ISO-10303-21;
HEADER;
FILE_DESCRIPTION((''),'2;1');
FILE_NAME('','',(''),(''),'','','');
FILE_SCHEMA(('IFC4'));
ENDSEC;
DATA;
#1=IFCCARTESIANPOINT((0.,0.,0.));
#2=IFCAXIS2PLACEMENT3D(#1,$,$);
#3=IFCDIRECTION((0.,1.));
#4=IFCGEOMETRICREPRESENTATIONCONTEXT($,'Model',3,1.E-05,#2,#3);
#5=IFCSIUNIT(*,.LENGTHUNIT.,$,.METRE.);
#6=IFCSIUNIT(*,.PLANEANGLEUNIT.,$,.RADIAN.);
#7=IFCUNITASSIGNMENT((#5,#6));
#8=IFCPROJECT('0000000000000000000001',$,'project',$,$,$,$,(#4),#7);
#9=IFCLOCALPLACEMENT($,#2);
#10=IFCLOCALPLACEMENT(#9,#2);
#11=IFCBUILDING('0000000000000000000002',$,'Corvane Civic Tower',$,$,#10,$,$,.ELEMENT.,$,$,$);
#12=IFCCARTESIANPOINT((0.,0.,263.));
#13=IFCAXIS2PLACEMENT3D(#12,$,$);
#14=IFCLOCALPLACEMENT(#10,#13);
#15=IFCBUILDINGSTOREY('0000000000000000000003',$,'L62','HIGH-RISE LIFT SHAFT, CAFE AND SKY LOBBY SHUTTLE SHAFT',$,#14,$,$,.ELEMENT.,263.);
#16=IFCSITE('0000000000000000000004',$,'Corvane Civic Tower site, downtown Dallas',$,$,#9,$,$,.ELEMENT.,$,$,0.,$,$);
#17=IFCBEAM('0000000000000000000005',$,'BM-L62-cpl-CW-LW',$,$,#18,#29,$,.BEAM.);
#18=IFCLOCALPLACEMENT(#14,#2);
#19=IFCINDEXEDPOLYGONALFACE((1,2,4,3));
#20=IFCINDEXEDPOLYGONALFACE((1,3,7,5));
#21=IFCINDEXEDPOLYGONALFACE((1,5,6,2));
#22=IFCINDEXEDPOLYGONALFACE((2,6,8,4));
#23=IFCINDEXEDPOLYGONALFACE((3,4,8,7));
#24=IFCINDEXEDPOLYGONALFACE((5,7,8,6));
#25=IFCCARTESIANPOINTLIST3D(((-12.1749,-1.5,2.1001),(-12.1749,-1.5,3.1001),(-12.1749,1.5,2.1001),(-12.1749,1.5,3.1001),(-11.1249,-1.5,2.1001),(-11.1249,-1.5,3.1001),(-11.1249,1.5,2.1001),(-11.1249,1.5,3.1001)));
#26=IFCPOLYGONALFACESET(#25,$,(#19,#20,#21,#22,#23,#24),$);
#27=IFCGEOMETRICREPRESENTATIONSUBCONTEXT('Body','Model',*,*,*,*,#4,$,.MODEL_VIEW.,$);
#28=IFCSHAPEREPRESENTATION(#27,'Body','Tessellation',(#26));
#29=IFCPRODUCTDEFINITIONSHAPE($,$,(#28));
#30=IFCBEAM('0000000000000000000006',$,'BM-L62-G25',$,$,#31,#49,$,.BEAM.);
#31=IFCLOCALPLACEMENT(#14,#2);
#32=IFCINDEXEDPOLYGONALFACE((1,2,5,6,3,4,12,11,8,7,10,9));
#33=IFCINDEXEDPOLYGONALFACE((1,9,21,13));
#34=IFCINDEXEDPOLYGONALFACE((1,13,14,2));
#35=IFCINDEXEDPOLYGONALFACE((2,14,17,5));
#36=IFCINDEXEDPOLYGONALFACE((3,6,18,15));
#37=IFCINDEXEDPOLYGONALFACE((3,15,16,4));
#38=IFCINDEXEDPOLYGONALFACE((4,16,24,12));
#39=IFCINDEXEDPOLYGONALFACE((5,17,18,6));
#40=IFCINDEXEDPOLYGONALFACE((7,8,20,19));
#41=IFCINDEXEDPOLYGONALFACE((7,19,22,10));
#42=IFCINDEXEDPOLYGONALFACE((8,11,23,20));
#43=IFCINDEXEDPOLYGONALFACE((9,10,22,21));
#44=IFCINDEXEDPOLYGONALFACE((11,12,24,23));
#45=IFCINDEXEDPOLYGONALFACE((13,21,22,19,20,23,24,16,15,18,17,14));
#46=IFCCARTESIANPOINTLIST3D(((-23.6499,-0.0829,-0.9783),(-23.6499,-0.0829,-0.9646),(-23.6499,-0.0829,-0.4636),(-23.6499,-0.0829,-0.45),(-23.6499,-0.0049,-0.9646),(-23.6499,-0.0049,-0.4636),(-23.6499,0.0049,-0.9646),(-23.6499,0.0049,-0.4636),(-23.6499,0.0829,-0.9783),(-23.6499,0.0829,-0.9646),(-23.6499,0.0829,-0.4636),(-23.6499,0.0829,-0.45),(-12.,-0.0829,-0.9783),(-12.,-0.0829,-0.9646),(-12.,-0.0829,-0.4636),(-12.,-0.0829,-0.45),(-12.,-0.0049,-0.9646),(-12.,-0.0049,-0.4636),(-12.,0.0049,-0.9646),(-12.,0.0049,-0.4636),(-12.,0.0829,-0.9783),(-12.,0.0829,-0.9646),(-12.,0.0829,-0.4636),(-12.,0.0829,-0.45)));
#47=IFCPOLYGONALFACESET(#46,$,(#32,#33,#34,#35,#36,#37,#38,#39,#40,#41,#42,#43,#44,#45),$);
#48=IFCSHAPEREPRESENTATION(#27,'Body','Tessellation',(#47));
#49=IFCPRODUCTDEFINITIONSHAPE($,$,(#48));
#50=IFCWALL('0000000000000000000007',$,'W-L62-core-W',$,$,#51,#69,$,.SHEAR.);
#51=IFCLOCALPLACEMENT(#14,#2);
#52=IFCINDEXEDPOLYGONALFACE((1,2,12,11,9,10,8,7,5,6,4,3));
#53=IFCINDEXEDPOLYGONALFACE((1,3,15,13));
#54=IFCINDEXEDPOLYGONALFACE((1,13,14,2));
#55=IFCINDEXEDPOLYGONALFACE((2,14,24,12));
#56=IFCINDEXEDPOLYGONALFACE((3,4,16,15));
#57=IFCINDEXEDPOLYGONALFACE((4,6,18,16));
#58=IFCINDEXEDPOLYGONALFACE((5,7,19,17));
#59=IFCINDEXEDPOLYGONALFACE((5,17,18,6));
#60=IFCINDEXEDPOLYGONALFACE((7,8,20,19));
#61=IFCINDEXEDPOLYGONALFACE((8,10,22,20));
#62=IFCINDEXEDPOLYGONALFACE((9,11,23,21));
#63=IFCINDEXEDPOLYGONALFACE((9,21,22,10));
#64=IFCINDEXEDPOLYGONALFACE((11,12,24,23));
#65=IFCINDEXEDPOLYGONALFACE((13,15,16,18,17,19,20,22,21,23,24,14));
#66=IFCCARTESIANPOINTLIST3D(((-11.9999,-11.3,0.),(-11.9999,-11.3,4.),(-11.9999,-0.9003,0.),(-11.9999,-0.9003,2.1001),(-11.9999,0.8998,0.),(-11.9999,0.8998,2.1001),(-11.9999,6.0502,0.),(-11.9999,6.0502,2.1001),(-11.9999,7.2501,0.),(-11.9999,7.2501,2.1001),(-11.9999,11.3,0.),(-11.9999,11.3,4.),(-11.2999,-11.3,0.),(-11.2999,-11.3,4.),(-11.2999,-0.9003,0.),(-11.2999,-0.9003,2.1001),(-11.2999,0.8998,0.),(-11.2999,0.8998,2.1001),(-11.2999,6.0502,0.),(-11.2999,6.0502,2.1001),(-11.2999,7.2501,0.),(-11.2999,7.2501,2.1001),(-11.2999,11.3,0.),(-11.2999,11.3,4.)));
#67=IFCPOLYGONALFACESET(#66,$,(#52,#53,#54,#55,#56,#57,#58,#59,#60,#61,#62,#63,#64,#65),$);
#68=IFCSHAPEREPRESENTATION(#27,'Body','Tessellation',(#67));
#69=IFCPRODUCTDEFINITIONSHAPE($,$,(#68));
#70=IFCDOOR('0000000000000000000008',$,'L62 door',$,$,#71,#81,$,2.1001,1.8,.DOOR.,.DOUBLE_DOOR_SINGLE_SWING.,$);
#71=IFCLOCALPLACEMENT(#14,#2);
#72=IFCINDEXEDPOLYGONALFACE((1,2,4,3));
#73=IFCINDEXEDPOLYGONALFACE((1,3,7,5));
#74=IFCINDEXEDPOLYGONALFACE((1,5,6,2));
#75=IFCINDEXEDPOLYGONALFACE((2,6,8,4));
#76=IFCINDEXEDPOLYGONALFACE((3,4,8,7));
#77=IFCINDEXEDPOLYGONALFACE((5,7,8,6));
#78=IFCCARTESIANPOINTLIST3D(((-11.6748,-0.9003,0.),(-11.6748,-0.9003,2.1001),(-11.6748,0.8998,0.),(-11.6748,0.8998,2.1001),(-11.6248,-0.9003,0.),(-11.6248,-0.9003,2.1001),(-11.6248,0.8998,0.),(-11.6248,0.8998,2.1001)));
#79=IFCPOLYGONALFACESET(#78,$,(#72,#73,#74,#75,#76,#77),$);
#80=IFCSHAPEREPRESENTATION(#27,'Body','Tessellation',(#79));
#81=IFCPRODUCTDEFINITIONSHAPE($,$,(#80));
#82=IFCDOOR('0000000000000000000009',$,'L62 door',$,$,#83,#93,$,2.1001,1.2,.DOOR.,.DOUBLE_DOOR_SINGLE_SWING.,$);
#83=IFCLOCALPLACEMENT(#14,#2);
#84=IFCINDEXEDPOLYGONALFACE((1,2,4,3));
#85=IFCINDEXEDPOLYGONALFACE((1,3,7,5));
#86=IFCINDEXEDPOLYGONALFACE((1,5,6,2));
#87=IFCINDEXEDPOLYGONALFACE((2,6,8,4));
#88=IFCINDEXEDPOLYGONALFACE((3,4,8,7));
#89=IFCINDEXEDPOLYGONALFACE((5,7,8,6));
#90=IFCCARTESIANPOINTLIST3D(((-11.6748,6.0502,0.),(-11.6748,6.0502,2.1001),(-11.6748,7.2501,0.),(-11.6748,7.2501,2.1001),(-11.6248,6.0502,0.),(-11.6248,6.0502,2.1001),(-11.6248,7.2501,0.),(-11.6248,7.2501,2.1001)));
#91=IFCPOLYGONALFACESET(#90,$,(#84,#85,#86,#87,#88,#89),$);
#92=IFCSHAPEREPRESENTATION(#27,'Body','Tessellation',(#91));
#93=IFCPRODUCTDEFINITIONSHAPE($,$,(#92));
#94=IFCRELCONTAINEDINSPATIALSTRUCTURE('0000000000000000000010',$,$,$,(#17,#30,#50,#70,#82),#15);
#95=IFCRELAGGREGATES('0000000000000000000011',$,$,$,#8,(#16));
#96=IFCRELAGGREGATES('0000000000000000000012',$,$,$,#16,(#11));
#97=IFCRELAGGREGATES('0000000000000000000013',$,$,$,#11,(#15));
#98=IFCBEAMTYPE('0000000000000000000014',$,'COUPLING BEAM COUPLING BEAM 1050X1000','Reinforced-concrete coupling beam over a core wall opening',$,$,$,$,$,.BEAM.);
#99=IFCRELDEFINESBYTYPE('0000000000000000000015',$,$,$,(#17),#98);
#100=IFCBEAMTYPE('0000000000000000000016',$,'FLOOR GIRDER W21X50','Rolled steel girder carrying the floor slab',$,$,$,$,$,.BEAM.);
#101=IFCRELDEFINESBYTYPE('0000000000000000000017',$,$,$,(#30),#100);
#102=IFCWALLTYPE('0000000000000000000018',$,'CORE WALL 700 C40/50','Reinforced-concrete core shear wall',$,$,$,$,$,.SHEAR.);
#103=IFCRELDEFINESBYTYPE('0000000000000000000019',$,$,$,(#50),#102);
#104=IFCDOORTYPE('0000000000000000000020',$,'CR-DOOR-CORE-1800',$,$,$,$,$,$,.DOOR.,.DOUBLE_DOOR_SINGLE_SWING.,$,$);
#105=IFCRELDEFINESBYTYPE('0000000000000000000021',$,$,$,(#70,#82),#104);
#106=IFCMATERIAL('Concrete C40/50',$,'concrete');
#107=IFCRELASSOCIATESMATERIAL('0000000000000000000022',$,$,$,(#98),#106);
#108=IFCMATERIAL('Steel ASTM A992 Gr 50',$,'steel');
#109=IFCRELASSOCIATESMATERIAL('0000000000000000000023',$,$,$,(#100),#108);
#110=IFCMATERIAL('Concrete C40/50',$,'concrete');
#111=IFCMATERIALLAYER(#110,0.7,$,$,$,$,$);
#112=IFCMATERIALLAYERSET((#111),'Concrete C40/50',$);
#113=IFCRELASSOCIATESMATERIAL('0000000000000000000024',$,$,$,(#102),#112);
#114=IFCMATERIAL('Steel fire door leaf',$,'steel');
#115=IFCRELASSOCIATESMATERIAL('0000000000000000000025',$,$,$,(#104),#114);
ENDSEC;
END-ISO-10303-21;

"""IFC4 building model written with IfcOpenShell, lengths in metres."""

from ifc_helpers import new_model, si_unit, direction, frame, frame_2d, origin, origin_2d, place, context, subcontext, project, spatial, rectangle, i_section, extrude, material, layer, layer_set, material_profile, profile_set, type_object, element, fill, save


model = new_model("IFC4")

# Units and contexts
model_context = context("Model", 3, precision=1e-05, world=origin(), true_north=direction((0.0, 1.0)))
body_context = subcontext(model_context, "Body", "Model", "MODEL_VIEW")
ifc_project = project(units=[si_unit("LENGTHUNIT", "METRE"), si_unit("PLANEANGLEUNIT", "RADIAN")], contexts=[model_context])

# Site, building, storey
site_placement = place(None, origin())
site = spatial("IfcSite", under=ifc_project, at=site_placement, Name="Corvane Civic Tower site, downtown Dallas", CompositionType="ELEMENT", RefElevation=0.0)
building_placement = place(site_placement, origin())
building = spatial("IfcBuilding", under=site, at=building_placement, Name="Corvane Civic Tower", CompositionType="ELEMENT")
storey_placement = place(building_placement, frame((0.0, 0.0, 263.0)))
storey = spatial("IfcBuildingStorey", under=building, at=storey_placement, Name="L62", Description="HIGH-RISE LIFT SHAFT, CAFE AND SKY LOBBY SHUTTLE SHAFT", CompositionType="ELEMENT", Elevation=263.0)

# Beams
ifc_material_1 = material(Name="Concrete C40/50", Category="concrete")
ifc_material_profile_1 = material_profile(ifc_material_1, rectangle(XDim=1.05, YDim=1.0, at=origin_2d()), Name="COUPLING BEAM 1050X1000")
ifc_profile_set_1 = profile_set([ifc_material_profile_1], Name="Concrete C40/50")
beam_type_1 = type_object("IfcBeamType", Name="COUPLING BEAM COUPLING BEAM 1050X1000", Description="Reinforced-concrete coupling beam over a core wall opening", PredefinedType="BEAM", material=ifc_profile_set_1)
beam_1_placement = place(storey_placement, frame((-11.6499, -1.5, 2.6001), z_axis=(0.0, 1.0, 0.0), x_axis=(-1.0, 0.0, 0.0)))
element("IfcBeam", 1, at=beam_1_placement, inside=storey, type_object=beam_type_1, Name="BM-L62-cpl-CW-LW", PredefinedType="BEAM", context=body_context, shape_type="SweptSolid", body=[
    extrude(rectangle(XDim=1.05, YDim=1.0, at=origin_2d()), origin(), (0.0, 0.0, 1.0), 3.0),
])
ifc_material_2 = material(Name="Steel ASTM A992 Gr 50", Category="steel")
ifc_material_profile_2 = material_profile(ifc_material_2, i_section(OverallWidth=0.1658, OverallDepth=0.5283, WebThickness=0.0098, FlangeThickness=0.0137, at=origin_2d()), Name="W21X50")
ifc_profile_set_2 = profile_set([ifc_material_profile_2], Name="Steel ASTM A992 Gr 50")
beam_type_2 = type_object("IfcBeamType", Name="FLOOR GIRDER W21X50", Description="Rolled steel girder carrying the floor slab", PredefinedType="BEAM", material=ifc_profile_set_2)
beam_2_placement = place(storey_placement, frame((-12.0, 0.0, -0.7141), z_axis=(-1.0, 0.0, 0.0), x_axis=(0.0, -1.0, 0.0)))
element("IfcBeam", 2, at=beam_2_placement, inside=storey, type_object=beam_type_2, Name="BM-L62-G25", PredefinedType="BEAM", context=body_context, shape_type="SweptSolid", body=[
    extrude(i_section(OverallWidth=0.1658, OverallDepth=0.5283, WebThickness=0.0098, FlangeThickness=0.0137, at=origin_2d()), origin(), (0.0, 0.0, 1.0), 11.6499),
])

# Wall, openings, doors
ifc_material_3 = material(Name="Concrete C40/50", Category="concrete")
ifc_layer_1 = layer(ifc_material_3, 0.7)
ifc_layer_set_1 = layer_set([ifc_layer_1], Name="Concrete C40/50")
wall_type_1 = type_object("IfcWallType", Name="CORE WALL 700 C40/50", Description="Reinforced-concrete core shear wall", PredefinedType="SHEAR", material=ifc_layer_set_1)
wall_1_placement = place(storey_placement, frame((-11.6499, -11.3, 0.0), z_axis=(0.0, 0.0, 1.0), x_axis=(0.0, 1.0, 0.0)))
wall_1 = element("IfcWall", 3, at=wall_1_placement, inside=storey, type_object=wall_type_1, Name="W-L62-core-W", PredefinedType="SHEAR", context=body_context, shape_type="SweptSolid", body=[
    extrude(rectangle(XDim=22.6001, YDim=0.7, at=frame_2d((11.3, 0.0))), origin(), (0.0, 0.0, 1.0), 4.0),
])
opening_1_placement = place(wall_1_placement, frame((10.3999, 0.0, 0.0)))
opening_1 = element("IfcOpeningElement", 4, at=opening_1_placement, cuts=wall_1, PredefinedType="OPENING", context=body_context, shape_type="SweptSolid", body=[
    extrude(rectangle(XDim=1.8, YDim=2.1001, at=frame_2d((0.8999, 1.05))), frame((0.0, 0.3599, 0.0), z_axis=(0.0, -1.0, 0.0), x_axis=(1.0, 0.0, 0.0)), (0.0, 0.0, 1.0), 0.72),
])
opening_2_placement = place(wall_1_placement, frame((17.3501, 0.0, 0.0)))
opening_2 = element("IfcOpeningElement", 5, at=opening_2_placement, cuts=wall_1, PredefinedType="OPENING", context=body_context, shape_type="SweptSolid", body=[
    extrude(rectangle(XDim=1.2, YDim=2.1001, at=frame_2d((0.6001, 1.05))), frame((0.0, 0.3599, 0.0), z_axis=(0.0, -1.0, 0.0), x_axis=(1.0, 0.0, 0.0)), (0.0, 0.0, 1.0), 0.72),
])
ifc_material_4 = material(Name="Steel fire door leaf", Category="steel")
door_type_1 = type_object("IfcDoorType", Name="CR-DOOR-CORE-1800", OperationType="DOUBLE_DOOR_SINGLE_SWING", PredefinedType="DOOR", material=ifc_material_4)
door_1_placement = place(opening_1_placement, origin())
door_1 = element("IfcDoor", 6, at=door_1_placement, inside=storey, type_object=door_type_1, Name="L62 door", OperationType="DOUBLE_DOOR_SINGLE_SWING", OverallHeight=2.1001, OverallWidth=1.8, PredefinedType="DOOR", context=body_context, shape_type="SweptSolid", body=[
    extrude(rectangle(XDim=1.8, YDim=2.1001, at=frame_2d((0.8999, 1.05))), frame((0.0, 0.0249, 0.0), z_axis=(0.0, -1.0, 0.0), x_axis=(1.0, 0.0, 0.0)), (0.0, 0.0, 1.0), 0.05),
])
fill(opening_1, door_1)
door_2_placement = place(opening_2_placement, origin())
door_2 = element("IfcDoor", 7, at=door_2_placement, inside=storey, type_object=door_type_1, Name="L62 door", OperationType="DOUBLE_DOOR_SINGLE_SWING", OverallHeight=2.1001, OverallWidth=1.2, PredefinedType="DOOR", context=body_context, shape_type="SweptSolid", body=[
    extrude(rectangle(XDim=1.2, YDim=2.1001, at=frame_2d((0.6001, 1.05))), frame((0.0, 0.0249, 0.0), z_axis=(0.0, -1.0, 0.0), x_axis=(1.0, 0.0, 0.0)), (0.0, 0.0, 1.0), 0.05),
])
fill(opening_2, door_2)

save(model, "model.ifc")
